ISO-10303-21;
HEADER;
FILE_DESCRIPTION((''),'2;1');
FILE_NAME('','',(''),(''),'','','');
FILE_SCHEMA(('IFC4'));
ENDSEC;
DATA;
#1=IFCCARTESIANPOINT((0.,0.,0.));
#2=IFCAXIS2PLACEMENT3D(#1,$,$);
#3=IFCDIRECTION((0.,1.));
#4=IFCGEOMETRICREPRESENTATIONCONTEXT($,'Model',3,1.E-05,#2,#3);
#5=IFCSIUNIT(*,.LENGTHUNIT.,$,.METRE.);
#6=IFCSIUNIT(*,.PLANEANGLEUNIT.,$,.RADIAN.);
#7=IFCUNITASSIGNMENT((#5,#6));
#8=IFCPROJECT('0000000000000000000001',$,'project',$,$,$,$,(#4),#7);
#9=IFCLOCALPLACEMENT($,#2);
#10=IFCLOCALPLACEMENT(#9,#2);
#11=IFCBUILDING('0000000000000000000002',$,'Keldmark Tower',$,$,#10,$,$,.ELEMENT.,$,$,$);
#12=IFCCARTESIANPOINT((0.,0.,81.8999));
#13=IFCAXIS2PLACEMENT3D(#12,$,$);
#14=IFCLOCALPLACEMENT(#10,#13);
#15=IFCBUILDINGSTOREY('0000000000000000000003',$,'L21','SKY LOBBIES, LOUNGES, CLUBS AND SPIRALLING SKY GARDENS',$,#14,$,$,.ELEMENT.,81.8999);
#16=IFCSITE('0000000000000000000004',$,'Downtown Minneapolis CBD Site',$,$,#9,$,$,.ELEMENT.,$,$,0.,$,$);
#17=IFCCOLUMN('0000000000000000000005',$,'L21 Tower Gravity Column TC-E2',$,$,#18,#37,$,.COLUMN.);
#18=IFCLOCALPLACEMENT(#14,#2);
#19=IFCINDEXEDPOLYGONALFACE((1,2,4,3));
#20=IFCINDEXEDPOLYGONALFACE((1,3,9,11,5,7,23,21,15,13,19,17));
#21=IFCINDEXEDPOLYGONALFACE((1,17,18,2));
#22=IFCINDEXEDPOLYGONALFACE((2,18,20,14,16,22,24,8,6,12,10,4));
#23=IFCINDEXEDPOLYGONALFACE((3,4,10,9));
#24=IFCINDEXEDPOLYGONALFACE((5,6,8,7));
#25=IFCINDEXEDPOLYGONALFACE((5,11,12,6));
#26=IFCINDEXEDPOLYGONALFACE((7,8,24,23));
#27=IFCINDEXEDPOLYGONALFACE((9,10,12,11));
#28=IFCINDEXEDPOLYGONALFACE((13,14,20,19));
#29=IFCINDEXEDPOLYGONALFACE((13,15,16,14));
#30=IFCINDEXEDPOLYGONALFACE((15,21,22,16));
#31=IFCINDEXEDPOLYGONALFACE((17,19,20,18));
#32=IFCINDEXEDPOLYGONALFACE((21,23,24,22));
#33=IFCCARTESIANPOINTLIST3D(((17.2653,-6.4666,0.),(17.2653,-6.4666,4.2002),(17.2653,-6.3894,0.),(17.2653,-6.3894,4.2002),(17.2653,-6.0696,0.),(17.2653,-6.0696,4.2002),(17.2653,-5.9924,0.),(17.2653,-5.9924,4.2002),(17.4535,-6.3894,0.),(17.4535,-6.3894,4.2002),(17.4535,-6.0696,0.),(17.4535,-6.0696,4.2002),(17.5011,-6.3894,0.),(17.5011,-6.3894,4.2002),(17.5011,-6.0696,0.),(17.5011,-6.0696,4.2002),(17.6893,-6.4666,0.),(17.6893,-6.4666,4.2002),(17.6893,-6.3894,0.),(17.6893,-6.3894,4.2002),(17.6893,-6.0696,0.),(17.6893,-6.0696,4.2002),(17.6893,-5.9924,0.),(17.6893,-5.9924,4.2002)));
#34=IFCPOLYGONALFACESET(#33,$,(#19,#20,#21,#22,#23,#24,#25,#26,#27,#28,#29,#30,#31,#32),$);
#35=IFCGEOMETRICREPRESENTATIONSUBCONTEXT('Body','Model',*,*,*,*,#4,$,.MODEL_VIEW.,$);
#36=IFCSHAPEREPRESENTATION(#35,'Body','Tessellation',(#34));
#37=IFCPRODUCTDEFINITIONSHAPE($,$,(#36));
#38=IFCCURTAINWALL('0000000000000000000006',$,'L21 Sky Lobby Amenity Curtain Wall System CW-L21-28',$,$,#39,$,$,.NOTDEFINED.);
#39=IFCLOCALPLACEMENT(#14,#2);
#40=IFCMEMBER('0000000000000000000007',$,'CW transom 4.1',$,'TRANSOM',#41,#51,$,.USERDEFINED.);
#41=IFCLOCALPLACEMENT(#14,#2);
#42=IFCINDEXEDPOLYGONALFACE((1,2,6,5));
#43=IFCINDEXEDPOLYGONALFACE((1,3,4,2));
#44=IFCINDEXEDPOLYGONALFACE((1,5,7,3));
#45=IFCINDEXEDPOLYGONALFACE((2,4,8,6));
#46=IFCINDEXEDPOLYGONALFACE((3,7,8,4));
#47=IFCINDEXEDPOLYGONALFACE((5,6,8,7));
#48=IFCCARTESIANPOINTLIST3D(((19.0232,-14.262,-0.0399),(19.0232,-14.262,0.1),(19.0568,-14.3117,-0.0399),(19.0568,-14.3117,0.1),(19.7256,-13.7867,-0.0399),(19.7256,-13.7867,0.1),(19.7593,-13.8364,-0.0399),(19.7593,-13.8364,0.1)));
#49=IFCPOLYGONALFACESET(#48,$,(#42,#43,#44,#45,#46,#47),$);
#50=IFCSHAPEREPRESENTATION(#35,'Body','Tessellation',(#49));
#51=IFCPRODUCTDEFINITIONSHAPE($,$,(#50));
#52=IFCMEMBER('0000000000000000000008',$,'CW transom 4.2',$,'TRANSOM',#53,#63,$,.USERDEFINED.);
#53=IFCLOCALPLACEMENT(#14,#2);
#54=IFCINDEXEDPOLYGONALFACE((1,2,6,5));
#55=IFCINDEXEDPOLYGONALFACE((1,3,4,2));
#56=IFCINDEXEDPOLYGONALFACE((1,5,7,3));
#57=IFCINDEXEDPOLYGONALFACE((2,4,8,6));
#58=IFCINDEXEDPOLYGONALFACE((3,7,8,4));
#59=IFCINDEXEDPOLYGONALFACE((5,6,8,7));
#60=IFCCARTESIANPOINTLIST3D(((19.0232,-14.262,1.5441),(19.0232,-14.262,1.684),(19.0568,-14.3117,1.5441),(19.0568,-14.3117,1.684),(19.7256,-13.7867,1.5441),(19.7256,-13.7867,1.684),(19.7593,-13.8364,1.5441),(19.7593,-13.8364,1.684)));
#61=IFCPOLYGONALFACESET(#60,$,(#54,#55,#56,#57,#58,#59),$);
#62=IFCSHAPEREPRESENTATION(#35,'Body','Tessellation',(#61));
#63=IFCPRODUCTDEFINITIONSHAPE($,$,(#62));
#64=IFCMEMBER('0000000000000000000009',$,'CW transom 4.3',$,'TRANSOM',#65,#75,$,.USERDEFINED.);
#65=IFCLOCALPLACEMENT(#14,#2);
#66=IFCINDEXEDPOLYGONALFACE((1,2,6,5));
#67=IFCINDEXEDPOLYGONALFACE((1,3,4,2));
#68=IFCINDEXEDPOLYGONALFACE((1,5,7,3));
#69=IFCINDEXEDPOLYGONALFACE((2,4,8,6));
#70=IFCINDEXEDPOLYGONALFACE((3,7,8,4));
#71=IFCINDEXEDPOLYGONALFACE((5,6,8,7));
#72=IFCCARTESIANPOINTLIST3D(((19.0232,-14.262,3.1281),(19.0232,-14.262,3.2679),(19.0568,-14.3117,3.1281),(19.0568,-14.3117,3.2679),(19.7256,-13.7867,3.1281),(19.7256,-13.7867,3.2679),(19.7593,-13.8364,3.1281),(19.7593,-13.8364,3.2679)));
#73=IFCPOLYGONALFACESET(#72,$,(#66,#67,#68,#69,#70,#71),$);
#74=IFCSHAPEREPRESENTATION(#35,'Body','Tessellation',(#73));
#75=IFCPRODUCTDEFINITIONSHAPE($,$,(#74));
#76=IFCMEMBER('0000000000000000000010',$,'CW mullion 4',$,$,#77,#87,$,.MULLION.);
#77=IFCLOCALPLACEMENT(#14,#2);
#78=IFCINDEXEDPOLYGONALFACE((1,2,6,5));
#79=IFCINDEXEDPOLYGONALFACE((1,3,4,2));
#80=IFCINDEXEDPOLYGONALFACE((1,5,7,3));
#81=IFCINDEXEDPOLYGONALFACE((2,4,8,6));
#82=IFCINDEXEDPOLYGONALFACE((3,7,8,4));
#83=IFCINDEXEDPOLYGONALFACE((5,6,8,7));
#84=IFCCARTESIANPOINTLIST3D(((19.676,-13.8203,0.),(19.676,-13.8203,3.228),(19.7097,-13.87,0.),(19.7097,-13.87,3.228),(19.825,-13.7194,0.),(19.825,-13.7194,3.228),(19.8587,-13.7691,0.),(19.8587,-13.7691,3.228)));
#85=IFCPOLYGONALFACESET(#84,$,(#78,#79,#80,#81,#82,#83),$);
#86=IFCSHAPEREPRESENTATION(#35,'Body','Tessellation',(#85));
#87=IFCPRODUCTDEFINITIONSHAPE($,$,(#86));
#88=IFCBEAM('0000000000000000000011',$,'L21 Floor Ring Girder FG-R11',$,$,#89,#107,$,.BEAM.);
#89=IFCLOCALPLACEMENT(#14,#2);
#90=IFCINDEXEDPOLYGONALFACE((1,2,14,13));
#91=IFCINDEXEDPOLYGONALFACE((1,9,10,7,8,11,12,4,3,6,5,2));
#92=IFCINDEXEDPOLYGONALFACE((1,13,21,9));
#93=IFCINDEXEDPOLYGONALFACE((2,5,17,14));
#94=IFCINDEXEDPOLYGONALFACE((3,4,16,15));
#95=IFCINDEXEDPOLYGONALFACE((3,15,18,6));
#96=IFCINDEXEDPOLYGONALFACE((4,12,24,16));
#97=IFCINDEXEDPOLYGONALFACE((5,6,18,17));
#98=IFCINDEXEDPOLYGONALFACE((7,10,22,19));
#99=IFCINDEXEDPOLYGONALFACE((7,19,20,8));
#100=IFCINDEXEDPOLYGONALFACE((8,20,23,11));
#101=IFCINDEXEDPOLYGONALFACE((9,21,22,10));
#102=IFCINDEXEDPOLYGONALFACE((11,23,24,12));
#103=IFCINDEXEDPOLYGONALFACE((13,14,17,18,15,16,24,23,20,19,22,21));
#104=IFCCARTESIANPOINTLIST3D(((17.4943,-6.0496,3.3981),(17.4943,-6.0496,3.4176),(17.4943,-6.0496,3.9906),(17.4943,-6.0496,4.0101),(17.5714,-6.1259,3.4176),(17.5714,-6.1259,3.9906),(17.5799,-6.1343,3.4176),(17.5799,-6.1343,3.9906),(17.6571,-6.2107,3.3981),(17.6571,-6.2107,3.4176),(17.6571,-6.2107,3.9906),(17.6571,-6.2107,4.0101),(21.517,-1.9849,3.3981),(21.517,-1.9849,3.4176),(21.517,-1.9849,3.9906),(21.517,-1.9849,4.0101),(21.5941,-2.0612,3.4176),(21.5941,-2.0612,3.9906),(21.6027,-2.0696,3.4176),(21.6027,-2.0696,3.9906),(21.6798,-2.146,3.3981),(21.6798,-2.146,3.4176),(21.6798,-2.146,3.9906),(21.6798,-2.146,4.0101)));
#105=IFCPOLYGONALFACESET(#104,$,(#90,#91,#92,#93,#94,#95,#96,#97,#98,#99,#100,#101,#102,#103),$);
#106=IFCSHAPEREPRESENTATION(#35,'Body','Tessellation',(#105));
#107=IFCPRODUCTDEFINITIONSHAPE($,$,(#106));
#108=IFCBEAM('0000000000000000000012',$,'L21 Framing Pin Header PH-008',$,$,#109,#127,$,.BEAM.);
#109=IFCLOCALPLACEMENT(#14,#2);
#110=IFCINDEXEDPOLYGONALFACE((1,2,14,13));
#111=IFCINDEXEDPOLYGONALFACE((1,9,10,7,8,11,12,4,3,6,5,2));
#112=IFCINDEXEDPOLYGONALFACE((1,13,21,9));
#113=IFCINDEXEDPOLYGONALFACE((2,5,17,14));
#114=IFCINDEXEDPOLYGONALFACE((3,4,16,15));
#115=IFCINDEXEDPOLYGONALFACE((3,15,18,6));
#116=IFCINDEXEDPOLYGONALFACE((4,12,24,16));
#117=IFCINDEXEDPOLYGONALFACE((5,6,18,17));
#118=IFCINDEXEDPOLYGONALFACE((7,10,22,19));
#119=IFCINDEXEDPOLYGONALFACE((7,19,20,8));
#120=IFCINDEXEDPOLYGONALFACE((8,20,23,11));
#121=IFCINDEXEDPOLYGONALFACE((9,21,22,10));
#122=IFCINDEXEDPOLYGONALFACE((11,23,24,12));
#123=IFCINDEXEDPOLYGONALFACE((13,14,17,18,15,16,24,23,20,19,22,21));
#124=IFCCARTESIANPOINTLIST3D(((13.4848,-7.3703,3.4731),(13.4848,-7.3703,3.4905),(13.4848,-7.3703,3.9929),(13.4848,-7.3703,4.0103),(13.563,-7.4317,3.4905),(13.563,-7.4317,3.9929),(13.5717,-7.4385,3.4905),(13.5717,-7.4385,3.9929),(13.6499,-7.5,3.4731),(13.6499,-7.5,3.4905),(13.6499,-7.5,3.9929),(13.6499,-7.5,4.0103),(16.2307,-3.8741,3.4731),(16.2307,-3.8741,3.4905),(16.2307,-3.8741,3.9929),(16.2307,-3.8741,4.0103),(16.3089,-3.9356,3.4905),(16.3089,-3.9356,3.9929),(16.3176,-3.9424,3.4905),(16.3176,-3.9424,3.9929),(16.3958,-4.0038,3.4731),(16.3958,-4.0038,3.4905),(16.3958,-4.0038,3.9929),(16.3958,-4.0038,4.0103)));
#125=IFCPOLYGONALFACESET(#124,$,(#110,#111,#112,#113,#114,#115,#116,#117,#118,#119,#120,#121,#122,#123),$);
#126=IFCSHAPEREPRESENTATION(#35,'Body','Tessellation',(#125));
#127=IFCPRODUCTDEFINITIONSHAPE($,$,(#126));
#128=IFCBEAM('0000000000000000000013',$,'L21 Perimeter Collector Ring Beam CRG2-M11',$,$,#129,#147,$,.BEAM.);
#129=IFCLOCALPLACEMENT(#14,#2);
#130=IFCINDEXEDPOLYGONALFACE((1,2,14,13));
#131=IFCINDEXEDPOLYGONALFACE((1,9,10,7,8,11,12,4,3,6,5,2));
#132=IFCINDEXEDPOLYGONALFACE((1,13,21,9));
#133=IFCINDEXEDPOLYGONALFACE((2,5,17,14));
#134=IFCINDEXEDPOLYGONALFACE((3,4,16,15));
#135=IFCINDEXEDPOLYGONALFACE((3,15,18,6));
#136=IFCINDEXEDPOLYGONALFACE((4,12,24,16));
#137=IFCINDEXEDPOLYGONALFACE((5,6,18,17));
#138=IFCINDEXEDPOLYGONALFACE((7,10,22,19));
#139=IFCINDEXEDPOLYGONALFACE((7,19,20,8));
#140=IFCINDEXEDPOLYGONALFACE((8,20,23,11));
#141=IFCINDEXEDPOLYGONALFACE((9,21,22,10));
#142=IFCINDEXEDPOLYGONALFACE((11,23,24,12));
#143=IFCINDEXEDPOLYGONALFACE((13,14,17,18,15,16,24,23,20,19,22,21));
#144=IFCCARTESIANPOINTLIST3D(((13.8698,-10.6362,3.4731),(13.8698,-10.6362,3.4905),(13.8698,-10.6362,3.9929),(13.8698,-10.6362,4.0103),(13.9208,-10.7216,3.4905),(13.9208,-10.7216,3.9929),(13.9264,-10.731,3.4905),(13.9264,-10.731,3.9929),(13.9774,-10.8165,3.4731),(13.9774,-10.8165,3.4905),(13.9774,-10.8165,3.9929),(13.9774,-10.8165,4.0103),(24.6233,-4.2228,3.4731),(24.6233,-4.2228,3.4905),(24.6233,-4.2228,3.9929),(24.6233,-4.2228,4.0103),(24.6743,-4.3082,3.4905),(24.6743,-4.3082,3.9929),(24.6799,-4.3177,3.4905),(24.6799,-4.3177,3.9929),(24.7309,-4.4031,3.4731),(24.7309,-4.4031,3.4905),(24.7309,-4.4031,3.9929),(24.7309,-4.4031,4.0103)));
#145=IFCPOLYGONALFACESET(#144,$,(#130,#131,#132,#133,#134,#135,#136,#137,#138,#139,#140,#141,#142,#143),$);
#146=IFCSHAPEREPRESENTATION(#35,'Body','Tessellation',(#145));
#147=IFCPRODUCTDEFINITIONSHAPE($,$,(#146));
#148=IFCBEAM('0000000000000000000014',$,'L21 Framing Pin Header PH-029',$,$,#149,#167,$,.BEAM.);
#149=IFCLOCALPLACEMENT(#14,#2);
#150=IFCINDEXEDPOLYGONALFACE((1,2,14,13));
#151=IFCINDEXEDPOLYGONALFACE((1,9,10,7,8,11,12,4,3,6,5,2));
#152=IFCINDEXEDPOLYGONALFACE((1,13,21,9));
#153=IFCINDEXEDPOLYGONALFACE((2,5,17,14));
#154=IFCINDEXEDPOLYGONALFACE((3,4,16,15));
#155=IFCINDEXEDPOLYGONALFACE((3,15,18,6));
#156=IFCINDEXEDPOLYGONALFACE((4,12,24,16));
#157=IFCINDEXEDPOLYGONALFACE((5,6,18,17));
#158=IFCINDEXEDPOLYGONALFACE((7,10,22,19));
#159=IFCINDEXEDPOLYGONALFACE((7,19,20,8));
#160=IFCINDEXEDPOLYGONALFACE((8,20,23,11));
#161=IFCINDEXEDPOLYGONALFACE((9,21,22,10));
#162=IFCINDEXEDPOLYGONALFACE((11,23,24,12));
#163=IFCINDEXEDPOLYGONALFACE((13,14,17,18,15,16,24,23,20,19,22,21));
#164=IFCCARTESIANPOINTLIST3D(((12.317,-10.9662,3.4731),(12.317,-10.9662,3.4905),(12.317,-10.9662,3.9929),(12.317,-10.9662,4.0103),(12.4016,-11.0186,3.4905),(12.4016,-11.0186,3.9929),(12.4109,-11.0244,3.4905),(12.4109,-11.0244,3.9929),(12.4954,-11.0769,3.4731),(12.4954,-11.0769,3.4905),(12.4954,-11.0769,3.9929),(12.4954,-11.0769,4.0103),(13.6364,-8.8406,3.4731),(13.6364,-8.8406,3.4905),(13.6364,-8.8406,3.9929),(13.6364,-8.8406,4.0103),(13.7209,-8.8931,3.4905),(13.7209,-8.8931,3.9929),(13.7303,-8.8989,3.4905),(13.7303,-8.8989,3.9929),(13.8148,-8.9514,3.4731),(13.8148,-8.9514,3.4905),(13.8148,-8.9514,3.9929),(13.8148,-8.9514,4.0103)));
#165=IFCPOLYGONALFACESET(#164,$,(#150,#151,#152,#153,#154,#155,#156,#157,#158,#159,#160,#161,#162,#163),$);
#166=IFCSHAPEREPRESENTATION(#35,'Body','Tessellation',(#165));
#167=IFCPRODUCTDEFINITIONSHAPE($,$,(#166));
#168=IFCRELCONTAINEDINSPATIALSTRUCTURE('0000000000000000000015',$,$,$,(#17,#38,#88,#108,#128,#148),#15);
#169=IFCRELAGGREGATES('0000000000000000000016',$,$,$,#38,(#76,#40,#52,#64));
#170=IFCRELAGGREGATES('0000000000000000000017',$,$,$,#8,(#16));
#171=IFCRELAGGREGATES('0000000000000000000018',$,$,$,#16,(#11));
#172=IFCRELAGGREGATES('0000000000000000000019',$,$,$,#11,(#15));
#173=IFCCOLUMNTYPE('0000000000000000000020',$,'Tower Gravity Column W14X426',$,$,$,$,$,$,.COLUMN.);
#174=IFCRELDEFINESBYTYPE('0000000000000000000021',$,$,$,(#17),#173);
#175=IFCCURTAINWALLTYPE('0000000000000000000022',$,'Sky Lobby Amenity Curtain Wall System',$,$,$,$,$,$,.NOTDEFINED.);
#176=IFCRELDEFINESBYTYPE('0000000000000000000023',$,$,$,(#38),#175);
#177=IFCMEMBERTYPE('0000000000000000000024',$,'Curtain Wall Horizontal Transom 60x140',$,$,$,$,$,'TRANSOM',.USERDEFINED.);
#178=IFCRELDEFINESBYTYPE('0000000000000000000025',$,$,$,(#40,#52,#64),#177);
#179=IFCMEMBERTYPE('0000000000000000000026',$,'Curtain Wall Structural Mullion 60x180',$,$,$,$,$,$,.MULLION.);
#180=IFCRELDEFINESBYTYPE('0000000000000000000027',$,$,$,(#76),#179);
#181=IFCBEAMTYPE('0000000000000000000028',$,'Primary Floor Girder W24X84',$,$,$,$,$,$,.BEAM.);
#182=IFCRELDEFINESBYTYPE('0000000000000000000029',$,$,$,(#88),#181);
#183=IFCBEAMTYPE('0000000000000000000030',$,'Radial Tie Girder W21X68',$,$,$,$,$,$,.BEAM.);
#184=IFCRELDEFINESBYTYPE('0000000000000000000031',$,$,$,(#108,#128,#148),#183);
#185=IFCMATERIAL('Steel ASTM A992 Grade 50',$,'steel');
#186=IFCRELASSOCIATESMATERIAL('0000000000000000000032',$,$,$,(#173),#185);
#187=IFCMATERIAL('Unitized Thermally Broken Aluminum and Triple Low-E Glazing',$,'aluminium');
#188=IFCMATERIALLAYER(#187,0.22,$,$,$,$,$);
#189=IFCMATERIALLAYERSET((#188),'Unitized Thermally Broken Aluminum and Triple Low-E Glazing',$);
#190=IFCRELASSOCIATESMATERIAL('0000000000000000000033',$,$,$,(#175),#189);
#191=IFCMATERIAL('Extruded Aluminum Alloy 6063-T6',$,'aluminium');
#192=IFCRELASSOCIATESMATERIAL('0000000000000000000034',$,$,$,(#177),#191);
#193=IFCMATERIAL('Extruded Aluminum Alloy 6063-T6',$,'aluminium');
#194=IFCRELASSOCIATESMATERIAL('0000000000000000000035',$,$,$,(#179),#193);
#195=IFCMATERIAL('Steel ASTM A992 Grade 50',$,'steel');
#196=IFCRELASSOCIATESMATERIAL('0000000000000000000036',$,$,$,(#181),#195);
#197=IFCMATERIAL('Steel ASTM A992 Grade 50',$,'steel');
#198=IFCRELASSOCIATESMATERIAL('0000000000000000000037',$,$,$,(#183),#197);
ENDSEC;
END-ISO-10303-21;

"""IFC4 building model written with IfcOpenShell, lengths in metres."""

from ifc_helpers import new_model, si_unit, direction, frame, origin, origin_2d, place, context, subcontext, project, spatial, rectangle, i_section, extrude, material, layer, layer_set, material_profile, profile_set, type_object, element, aggregate, save


model = new_model("IFC4")

# Units and contexts
model_context = context("Model", 3, precision=1e-05, world=origin(), true_north=direction((0.0, 1.0)))
body_context = subcontext(model_context, "Body", "Model", "MODEL_VIEW")
ifc_project = project(units=[si_unit("LENGTHUNIT", "METRE"), si_unit("PLANEANGLEUNIT", "RADIAN")], contexts=[model_context])

# Site, building, storey
site_placement = place(None, origin())
site = spatial("IfcSite", under=ifc_project, at=site_placement, Name="Downtown Minneapolis CBD Site", CompositionType="ELEMENT", RefElevation=0.0)
building_placement = place(site_placement, origin())
building = spatial("IfcBuilding", under=site, at=building_placement, Name="Keldmark Tower", CompositionType="ELEMENT")
storey_placement = place(building_placement, frame((0.0, 0.0, 81.8999)))
storey = spatial("IfcBuildingStorey", under=building, at=storey_placement, Name="L21", Description="SKY LOBBIES, LOUNGES, CLUBS AND SPIRALLING SKY GARDENS", CompositionType="ELEMENT", Elevation=81.8999)

# Column
ifc_material_1 = material(Name="Steel ASTM A992 Grade 50", Category="steel")
ifc_material_profile_1 = material_profile(ifc_material_1, i_section(OverallWidth=0.4241, OverallDepth=0.4741, WebThickness=0.0476, FlangeThickness=0.0771, at=origin_2d()), Name="W14X426")
ifc_profile_set_1 = profile_set([ifc_material_profile_1], Name="Steel ASTM A992 Grade 50")
column_type = type_object("IfcColumnType", Name="Tower Gravity Column W14X426", PredefinedType="COLUMN", material=ifc_profile_set_1)
column_placement = place(storey_placement, frame((17.4773, -6.2295, 0.0), z_axis=(0.0, 0.0, 1.0), x_axis=(1.0, 0.0, 0.0)))
element("IfcColumn", 1, at=column_placement, inside=storey, type_object=column_type, Name="L21 Tower Gravity Column TC-E2", PredefinedType="COLUMN", context=body_context, shape_type="SweptSolid", body=[
    extrude(i_section(OverallWidth=0.4241, OverallDepth=0.4741, WebThickness=0.0476, FlangeThickness=0.0771, at=origin_2d()), origin(), (0.0, 0.0, 1.0), 4.2002),
])

# Curtain wall, members
ifc_material_2 = material(Name="Unitized Thermally Broken Aluminum and Triple Low-E Glazing", Category="aluminium")
ifc_layer_1 = layer(ifc_material_2, 0.22)
ifc_layer_set_1 = layer_set([ifc_layer_1], Name="Unitized Thermally Broken Aluminum and Triple Low-E Glazing")
curtain_wall_type = type_object("IfcCurtainWallType", Name="Sky Lobby Amenity Curtain Wall System", PredefinedType="NOTDEFINED", material=ifc_layer_set_1)
curtain_wall_placement = place(storey_placement, origin())
curtain_wall = element("IfcCurtainWall", 2, at=curtain_wall_placement, inside=storey, type_object=curtain_wall_type, Name="L21 Sky Lobby Amenity Curtain Wall System CW-L21-28", PredefinedType="NOTDEFINED")
ifc_material_3 = material(Name="Extruded Aluminum Alloy 6063-T6", Category="aluminium")
ifc_material_profile_2 = material_profile(ifc_material_3, rectangle(XDim=0.0601, YDim=0.1399, at=origin_2d()), Name="CWT60X140")
ifc_profile_set_2 = profile_set([ifc_material_profile_2], Name="Extruded Aluminum Alloy 6063-T6")
member_type_1 = type_object("IfcMemberType", Name="Curtain Wall Horizontal Transom 60x140", ElementType="TRANSOM", PredefinedType="USERDEFINED", material=ifc_profile_set_2)
member_1_placement = place(storey_placement, frame((19.7424, -13.8115, 0.03), z_axis=(-0.828177, -0.560466, 0.0), x_axis=(0.560466, -0.828177, 0.0)))
member_1 = element("IfcMember", 3, at=member_1_placement, type_object=member_type_1, Name="CW transom 4.1", ObjectType="TRANSOM", PredefinedType="USERDEFINED", context=body_context, shape_type="SweptSolid", body=[
    extrude(rectangle(XDim=0.0601, YDim=0.1399, at=origin_2d()), origin(), (0.0, 0.0, 1.0), 0.8481),
])
member_2_placement = place(storey_placement, frame((19.7424, -13.8115, 1.614), z_axis=(-0.828177, -0.560466, 0.0), x_axis=(0.560466, -0.828177, 0.0)))
member_2 = element("IfcMember", 4, at=member_2_placement, type_object=member_type_1, Name="CW transom 4.2", ObjectType="TRANSOM", PredefinedType="USERDEFINED", context=body_context, shape_type="SweptSolid", body=[
    extrude(rectangle(XDim=0.0601, YDim=0.1399, at=origin_2d()), origin(), (0.0, 0.0, 1.0), 0.8481),
])
member_3_placement = place(storey_placement, frame((19.7424, -13.8115, 3.198), z_axis=(-0.828177, -0.560466, 0.0), x_axis=(0.560466, -0.828177, 0.0)))
member_3 = element("IfcMember", 5, at=member_3_placement, type_object=member_type_1, Name="CW transom 4.3", ObjectType="TRANSOM", PredefinedType="USERDEFINED", context=body_context, shape_type="SweptSolid", body=[
    extrude(rectangle(XDim=0.0601, YDim=0.1399, at=origin_2d()), origin(), (0.0, 0.0, 1.0), 0.8481),
])
ifc_material_4 = material(Name="Extruded Aluminum Alloy 6063-T6", Category="aluminium")
ifc_material_profile_3 = material_profile(ifc_material_4, rectangle(XDim=0.0601, YDim=0.1799, at=origin_2d()), Name="CWM60X180")
ifc_profile_set_3 = profile_set([ifc_material_profile_3], Name="Extruded Aluminum Alloy 6063-T6")
member_type_2 = type_object("IfcMemberType", Name="Curtain Wall Structural Mullion 60x180", PredefinedType="MULLION", material=ifc_profile_set_3)
member_4_placement = place(storey_placement, frame((19.7673, -13.7947, 0.0), z_axis=(0.0, 0.0, 1.0), x_axis=(0.560642, -0.828059, 0.0)))
member_4 = element("IfcMember", 6, at=member_4_placement, type_object=member_type_2, Name="CW mullion 4", PredefinedType="MULLION", context=body_context, shape_type="SweptSolid", body=[
    extrude(rectangle(XDim=0.0601, YDim=0.1799, at=origin_2d()), origin(), (0.0, 0.0, 1.0), 3.228),
])

# Beams
ifc_material_5 = material(Name="Steel ASTM A992 Grade 50", Category="steel")
ifc_material_profile_4 = material_profile(ifc_material_5, i_section(OverallWidth=0.229, OverallDepth=0.6121, WebThickness=0.012, FlangeThickness=0.0195, at=origin_2d()), Name="W24X84")
ifc_profile_set_4 = profile_set([ifc_material_profile_4], Name="Steel ASTM A992 Grade 50")
beam_type_1 = type_object("IfcBeamType", Name="Primary Floor Girder W24X84", PredefinedType="BEAM", material=ifc_profile_set_4)
beam_1_placement = place(storey_placement, frame((17.5757, -6.1301, 3.7041), z_axis=(0.703426, 0.710769, 0.0), x_axis=(-0.710769, 0.703426, 0.0)))
element("IfcBeam", 7, at=beam_1_placement, inside=storey, type_object=beam_type_1, Name="L21 Floor Ring Girder FG-R11", PredefinedType="BEAM", context=body_context, shape_type="SweptSolid", body=[
    extrude(i_section(OverallWidth=0.229, OverallDepth=0.6121, WebThickness=0.012, FlangeThickness=0.0195, at=origin_2d()), origin(), (0.0, 0.0, 1.0), 5.7188),
])
ifc_material_6 = material(Name="Steel ASTM A992 Grade 50", Category="steel")
ifc_material_profile_5 = material_profile(ifc_material_6, i_section(OverallWidth=0.21, OverallDepth=0.5371, WebThickness=0.011, FlangeThickness=0.0173, at=origin_2d()), Name="W21X68")
ifc_profile_set_5 = profile_set([ifc_material_profile_5], Name="Steel ASTM A992 Grade 50")
beam_type_2 = type_object("IfcBeamType", Name="Radial Tie Girder W21X68", PredefinedType="BEAM", material=ifc_profile_set_5)
beam_2_placement = place(storey_placement, frame((16.3132, -3.939, 3.7417), z_axis=(-0.617671, -0.786436, 0.0), x_axis=(0.786436, -0.617671, 0.0)))
element("IfcBeam", 8, at=beam_2_placement, inside=storey, type_object=beam_type_2, Name="L21 Framing Pin Header PH-008", PredefinedType="BEAM", context=body_context, shape_type="SweptSolid", body=[
    extrude(i_section(OverallWidth=0.21, OverallDepth=0.5371, WebThickness=0.011, FlangeThickness=0.0173, at=origin_2d()), origin(), (0.0, 0.0, 1.0), 4.4456),
])
beam_3_placement = place(storey_placement, frame((13.9236, -10.7263, 3.7417), z_axis=(0.858854, 0.51222, 0.0), x_axis=(-0.51222, 0.858854, 0.0)))
element("IfcBeam", 9, at=beam_3_placement, inside=storey, type_object=beam_type_2, Name="L21 Perimeter Collector Ring Beam CRG2-M11", PredefinedType="BEAM", context=body_context, shape_type="SweptSolid", body=[
    extrude(i_section(OverallWidth=0.21, OverallDepth=0.5371, WebThickness=0.011, FlangeThickness=0.0173, at=origin_2d()), origin(), (0.0, 0.0, 1.0), 12.5208),
])
beam_4_placement = place(storey_placement, frame((13.7256, -8.896, 3.7417), z_axis=(-0.527382, -0.849628, 0.0), x_axis=(0.849628, -0.527382, 0.0)))
element("IfcBeam", 10, at=beam_4_placement, inside=storey, type_object=beam_type_2, Name="L21 Framing Pin Header PH-029", PredefinedType="BEAM", context=body_context, shape_type="SweptSolid", body=[
    extrude(i_section(OverallWidth=0.21, OverallDepth=0.5371, WebThickness=0.011, FlangeThickness=0.0173, at=origin_2d()), origin(), (0.0, 0.0, 1.0), 2.5017),
])

aggregate(curtain_wall, [member_4, member_1, member_2, member_3])

save(model, "model.ifc")
